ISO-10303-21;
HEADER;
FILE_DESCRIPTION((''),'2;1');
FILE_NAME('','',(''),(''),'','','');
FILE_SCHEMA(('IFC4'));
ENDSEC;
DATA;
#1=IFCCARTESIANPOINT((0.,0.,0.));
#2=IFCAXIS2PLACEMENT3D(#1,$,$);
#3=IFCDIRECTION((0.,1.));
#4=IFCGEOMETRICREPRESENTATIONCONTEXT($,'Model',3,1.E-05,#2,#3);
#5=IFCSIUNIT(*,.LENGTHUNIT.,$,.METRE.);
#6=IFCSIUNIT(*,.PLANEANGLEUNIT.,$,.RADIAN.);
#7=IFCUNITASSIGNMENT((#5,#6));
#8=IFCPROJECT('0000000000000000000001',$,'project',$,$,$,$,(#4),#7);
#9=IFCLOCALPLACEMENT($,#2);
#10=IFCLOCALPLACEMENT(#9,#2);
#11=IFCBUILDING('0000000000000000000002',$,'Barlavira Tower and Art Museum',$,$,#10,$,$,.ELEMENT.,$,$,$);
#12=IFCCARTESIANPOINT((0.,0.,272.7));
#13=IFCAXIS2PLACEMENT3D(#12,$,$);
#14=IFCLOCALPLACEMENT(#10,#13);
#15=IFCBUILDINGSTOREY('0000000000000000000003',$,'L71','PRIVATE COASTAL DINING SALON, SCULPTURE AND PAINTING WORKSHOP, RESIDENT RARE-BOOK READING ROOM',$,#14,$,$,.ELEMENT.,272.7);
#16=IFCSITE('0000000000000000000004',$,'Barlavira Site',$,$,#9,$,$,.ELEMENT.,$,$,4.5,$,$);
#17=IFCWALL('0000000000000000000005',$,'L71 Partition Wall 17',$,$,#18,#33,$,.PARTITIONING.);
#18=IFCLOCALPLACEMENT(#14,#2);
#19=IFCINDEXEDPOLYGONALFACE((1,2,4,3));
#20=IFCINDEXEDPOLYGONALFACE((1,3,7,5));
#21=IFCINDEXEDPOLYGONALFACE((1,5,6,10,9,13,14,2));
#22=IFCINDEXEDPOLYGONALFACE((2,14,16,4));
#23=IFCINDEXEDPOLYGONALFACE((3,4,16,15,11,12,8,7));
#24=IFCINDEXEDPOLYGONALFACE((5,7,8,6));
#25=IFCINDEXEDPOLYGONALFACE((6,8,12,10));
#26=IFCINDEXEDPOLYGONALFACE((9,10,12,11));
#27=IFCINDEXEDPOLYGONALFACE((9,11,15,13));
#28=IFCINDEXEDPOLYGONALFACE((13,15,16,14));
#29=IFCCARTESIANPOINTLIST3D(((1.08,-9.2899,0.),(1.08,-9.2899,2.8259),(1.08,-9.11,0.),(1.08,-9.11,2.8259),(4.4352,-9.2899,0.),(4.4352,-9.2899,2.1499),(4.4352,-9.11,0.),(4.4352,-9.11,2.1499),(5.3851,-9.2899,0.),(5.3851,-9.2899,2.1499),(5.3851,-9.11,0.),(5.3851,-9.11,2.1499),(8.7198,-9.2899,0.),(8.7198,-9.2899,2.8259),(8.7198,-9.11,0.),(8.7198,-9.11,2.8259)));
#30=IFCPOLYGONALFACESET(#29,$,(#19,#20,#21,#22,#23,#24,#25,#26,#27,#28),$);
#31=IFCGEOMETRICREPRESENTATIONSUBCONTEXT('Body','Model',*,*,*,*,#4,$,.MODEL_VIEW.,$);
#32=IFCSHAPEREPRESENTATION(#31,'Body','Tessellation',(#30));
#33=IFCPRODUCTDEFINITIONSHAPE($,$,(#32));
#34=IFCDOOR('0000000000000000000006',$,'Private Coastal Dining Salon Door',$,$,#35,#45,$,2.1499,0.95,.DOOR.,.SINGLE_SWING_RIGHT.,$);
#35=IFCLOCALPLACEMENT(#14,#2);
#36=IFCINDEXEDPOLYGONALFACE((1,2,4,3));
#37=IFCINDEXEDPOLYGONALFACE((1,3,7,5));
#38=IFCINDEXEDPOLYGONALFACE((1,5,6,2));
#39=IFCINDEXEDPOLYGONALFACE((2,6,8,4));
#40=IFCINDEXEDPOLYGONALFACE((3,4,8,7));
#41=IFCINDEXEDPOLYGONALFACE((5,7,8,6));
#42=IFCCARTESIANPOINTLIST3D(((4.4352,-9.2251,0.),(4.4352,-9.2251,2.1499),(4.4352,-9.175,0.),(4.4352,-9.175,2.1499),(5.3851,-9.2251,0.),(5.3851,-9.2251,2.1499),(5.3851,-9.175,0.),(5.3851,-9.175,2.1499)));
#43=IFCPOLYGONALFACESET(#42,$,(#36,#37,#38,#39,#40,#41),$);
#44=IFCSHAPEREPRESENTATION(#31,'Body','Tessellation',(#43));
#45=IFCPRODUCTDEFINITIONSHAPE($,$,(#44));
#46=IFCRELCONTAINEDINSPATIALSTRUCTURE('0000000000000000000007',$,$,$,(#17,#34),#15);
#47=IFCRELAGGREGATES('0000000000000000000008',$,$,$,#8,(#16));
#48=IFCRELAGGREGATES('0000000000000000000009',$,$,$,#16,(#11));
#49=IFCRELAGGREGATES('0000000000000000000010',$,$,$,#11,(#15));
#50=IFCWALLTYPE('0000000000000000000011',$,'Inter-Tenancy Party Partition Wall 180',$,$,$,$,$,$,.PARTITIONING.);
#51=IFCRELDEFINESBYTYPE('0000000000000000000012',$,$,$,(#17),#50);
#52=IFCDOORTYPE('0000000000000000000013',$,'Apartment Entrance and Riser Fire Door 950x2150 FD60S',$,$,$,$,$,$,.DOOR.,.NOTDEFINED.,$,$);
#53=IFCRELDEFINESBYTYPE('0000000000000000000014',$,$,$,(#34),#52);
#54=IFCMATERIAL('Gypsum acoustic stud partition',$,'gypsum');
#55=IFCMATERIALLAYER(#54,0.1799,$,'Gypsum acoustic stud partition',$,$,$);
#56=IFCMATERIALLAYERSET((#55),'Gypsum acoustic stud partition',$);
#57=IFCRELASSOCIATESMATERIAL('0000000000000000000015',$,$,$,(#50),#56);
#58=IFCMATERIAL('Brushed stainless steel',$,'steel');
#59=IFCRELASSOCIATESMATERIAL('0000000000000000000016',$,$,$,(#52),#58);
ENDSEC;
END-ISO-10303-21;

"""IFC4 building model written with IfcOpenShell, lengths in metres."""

from ifc_helpers import new_model, si_unit, direction, frame, frame_2d, origin, place, context, subcontext, project, spatial, rectangle, extrude, material, layer, layer_set, type_object, element, fill, save


model = new_model("IFC4")

# Units and contexts
model_context = context("Model", 3, precision=1e-05, world=origin(), true_north=direction((0.0, 1.0)))
body_context = subcontext(model_context, "Body", "Model", "MODEL_VIEW")
ifc_project = project(units=[si_unit("LENGTHUNIT", "METRE"), si_unit("PLANEANGLEUNIT", "RADIAN")], contexts=[model_context])

# Site, building, storey
site_placement = place(None, origin())
site = spatial("IfcSite", under=ifc_project, at=site_placement, Name="Barlavira Site", CompositionType="ELEMENT", RefElevation=4.5)
building_placement = place(site_placement, origin())
building = spatial("IfcBuilding", under=site, at=building_placement, Name="Barlavira Tower and Art Museum", CompositionType="ELEMENT")
storey_placement = place(building_placement, frame((0.0, 0.0, 272.7)))
storey = spatial("IfcBuildingStorey", under=building, at=storey_placement, Name="L71", Description="PRIVATE COASTAL DINING SALON, SCULPTURE AND PAINTING WORKSHOP, RESIDENT RARE-BOOK READING ROOM", CompositionType="ELEMENT", Elevation=272.7)

# Shared definitions
ifc_material_1 = material(Name="Gypsum acoustic stud partition", Category="gypsum")
ifc_layer_1 = layer(ifc_material_1, 0.1799, Name="Gypsum acoustic stud partition")
ifc_layer_set_1 = layer_set([ifc_layer_1], Name="Gypsum acoustic stud partition")
wall_type = type_object("IfcWallType", Name="Inter-Tenancy Party Partition Wall 180", PredefinedType="PARTITIONING", material=ifc_layer_set_1)

# Wall, opening, door
wall_1_placement = place(storey_placement, frame((1.0801, -9.2, 0.0), z_axis=(0.0, 0.0, 1.0), x_axis=(1.0, 0.0, 0.0)))
wall_1 = element("IfcWall", 1, at=wall_1_placement, inside=storey, type_object=wall_type, Name="L71 Partition Wall 17", PredefinedType="PARTITIONING", context=body_context, shape_type="SweptSolid", body=[
    extrude(rectangle(XDim=7.6399, YDim=0.1799, at=frame_2d((3.8198, 0.0))), origin(), (0.0, 0.0, 1.0), 2.8259),
])
opening_placement = place(wall_1_placement, frame((3.355, 0.0, 0.0)))
opening = element("IfcOpeningElement", 2, at=opening_placement, cuts=wall_1, PredefinedType="OPENING", context=body_context, shape_type="SweptSolid", body=[
    extrude(rectangle(XDim=0.95, YDim=2.1499, at=frame_2d((0.4751, 1.075))), frame((0.0, 0.1001, 0.0), z_axis=(0.0, -1.0, 0.0), x_axis=(1.0, 0.0, 0.0)), (0.0, 0.0, 1.0), 0.2),
])
ifc_material_2 = material(Name="Brushed stainless steel", Category="steel")
door_type = type_object("IfcDoorType", Name="Apartment Entrance and Riser Fire Door 950x2150 FD60S", OperationType="NOTDEFINED", PredefinedType="DOOR", material=ifc_material_2)
door_placement = place(opening_placement, origin())
door = element("IfcDoor", 3, at=door_placement, inside=storey, type_object=door_type, Name="Private Coastal Dining Salon Door", OperationType="SINGLE_SWING_RIGHT", OverallHeight=2.1499, OverallWidth=0.95, PredefinedType="DOOR", context=body_context, shape_type="SweptSolid", body=[
    extrude(rectangle(XDim=0.95, YDim=2.1499, at=frame_2d((0.4751, 1.075))), frame((0.0, 0.0249, 0.0), z_axis=(0.0, -1.0, 0.0), x_axis=(1.0, 0.0, 0.0)), (0.0, 0.0, 1.0), 0.05),
])
fill(opening, door)

save(model, "model.ifc")
